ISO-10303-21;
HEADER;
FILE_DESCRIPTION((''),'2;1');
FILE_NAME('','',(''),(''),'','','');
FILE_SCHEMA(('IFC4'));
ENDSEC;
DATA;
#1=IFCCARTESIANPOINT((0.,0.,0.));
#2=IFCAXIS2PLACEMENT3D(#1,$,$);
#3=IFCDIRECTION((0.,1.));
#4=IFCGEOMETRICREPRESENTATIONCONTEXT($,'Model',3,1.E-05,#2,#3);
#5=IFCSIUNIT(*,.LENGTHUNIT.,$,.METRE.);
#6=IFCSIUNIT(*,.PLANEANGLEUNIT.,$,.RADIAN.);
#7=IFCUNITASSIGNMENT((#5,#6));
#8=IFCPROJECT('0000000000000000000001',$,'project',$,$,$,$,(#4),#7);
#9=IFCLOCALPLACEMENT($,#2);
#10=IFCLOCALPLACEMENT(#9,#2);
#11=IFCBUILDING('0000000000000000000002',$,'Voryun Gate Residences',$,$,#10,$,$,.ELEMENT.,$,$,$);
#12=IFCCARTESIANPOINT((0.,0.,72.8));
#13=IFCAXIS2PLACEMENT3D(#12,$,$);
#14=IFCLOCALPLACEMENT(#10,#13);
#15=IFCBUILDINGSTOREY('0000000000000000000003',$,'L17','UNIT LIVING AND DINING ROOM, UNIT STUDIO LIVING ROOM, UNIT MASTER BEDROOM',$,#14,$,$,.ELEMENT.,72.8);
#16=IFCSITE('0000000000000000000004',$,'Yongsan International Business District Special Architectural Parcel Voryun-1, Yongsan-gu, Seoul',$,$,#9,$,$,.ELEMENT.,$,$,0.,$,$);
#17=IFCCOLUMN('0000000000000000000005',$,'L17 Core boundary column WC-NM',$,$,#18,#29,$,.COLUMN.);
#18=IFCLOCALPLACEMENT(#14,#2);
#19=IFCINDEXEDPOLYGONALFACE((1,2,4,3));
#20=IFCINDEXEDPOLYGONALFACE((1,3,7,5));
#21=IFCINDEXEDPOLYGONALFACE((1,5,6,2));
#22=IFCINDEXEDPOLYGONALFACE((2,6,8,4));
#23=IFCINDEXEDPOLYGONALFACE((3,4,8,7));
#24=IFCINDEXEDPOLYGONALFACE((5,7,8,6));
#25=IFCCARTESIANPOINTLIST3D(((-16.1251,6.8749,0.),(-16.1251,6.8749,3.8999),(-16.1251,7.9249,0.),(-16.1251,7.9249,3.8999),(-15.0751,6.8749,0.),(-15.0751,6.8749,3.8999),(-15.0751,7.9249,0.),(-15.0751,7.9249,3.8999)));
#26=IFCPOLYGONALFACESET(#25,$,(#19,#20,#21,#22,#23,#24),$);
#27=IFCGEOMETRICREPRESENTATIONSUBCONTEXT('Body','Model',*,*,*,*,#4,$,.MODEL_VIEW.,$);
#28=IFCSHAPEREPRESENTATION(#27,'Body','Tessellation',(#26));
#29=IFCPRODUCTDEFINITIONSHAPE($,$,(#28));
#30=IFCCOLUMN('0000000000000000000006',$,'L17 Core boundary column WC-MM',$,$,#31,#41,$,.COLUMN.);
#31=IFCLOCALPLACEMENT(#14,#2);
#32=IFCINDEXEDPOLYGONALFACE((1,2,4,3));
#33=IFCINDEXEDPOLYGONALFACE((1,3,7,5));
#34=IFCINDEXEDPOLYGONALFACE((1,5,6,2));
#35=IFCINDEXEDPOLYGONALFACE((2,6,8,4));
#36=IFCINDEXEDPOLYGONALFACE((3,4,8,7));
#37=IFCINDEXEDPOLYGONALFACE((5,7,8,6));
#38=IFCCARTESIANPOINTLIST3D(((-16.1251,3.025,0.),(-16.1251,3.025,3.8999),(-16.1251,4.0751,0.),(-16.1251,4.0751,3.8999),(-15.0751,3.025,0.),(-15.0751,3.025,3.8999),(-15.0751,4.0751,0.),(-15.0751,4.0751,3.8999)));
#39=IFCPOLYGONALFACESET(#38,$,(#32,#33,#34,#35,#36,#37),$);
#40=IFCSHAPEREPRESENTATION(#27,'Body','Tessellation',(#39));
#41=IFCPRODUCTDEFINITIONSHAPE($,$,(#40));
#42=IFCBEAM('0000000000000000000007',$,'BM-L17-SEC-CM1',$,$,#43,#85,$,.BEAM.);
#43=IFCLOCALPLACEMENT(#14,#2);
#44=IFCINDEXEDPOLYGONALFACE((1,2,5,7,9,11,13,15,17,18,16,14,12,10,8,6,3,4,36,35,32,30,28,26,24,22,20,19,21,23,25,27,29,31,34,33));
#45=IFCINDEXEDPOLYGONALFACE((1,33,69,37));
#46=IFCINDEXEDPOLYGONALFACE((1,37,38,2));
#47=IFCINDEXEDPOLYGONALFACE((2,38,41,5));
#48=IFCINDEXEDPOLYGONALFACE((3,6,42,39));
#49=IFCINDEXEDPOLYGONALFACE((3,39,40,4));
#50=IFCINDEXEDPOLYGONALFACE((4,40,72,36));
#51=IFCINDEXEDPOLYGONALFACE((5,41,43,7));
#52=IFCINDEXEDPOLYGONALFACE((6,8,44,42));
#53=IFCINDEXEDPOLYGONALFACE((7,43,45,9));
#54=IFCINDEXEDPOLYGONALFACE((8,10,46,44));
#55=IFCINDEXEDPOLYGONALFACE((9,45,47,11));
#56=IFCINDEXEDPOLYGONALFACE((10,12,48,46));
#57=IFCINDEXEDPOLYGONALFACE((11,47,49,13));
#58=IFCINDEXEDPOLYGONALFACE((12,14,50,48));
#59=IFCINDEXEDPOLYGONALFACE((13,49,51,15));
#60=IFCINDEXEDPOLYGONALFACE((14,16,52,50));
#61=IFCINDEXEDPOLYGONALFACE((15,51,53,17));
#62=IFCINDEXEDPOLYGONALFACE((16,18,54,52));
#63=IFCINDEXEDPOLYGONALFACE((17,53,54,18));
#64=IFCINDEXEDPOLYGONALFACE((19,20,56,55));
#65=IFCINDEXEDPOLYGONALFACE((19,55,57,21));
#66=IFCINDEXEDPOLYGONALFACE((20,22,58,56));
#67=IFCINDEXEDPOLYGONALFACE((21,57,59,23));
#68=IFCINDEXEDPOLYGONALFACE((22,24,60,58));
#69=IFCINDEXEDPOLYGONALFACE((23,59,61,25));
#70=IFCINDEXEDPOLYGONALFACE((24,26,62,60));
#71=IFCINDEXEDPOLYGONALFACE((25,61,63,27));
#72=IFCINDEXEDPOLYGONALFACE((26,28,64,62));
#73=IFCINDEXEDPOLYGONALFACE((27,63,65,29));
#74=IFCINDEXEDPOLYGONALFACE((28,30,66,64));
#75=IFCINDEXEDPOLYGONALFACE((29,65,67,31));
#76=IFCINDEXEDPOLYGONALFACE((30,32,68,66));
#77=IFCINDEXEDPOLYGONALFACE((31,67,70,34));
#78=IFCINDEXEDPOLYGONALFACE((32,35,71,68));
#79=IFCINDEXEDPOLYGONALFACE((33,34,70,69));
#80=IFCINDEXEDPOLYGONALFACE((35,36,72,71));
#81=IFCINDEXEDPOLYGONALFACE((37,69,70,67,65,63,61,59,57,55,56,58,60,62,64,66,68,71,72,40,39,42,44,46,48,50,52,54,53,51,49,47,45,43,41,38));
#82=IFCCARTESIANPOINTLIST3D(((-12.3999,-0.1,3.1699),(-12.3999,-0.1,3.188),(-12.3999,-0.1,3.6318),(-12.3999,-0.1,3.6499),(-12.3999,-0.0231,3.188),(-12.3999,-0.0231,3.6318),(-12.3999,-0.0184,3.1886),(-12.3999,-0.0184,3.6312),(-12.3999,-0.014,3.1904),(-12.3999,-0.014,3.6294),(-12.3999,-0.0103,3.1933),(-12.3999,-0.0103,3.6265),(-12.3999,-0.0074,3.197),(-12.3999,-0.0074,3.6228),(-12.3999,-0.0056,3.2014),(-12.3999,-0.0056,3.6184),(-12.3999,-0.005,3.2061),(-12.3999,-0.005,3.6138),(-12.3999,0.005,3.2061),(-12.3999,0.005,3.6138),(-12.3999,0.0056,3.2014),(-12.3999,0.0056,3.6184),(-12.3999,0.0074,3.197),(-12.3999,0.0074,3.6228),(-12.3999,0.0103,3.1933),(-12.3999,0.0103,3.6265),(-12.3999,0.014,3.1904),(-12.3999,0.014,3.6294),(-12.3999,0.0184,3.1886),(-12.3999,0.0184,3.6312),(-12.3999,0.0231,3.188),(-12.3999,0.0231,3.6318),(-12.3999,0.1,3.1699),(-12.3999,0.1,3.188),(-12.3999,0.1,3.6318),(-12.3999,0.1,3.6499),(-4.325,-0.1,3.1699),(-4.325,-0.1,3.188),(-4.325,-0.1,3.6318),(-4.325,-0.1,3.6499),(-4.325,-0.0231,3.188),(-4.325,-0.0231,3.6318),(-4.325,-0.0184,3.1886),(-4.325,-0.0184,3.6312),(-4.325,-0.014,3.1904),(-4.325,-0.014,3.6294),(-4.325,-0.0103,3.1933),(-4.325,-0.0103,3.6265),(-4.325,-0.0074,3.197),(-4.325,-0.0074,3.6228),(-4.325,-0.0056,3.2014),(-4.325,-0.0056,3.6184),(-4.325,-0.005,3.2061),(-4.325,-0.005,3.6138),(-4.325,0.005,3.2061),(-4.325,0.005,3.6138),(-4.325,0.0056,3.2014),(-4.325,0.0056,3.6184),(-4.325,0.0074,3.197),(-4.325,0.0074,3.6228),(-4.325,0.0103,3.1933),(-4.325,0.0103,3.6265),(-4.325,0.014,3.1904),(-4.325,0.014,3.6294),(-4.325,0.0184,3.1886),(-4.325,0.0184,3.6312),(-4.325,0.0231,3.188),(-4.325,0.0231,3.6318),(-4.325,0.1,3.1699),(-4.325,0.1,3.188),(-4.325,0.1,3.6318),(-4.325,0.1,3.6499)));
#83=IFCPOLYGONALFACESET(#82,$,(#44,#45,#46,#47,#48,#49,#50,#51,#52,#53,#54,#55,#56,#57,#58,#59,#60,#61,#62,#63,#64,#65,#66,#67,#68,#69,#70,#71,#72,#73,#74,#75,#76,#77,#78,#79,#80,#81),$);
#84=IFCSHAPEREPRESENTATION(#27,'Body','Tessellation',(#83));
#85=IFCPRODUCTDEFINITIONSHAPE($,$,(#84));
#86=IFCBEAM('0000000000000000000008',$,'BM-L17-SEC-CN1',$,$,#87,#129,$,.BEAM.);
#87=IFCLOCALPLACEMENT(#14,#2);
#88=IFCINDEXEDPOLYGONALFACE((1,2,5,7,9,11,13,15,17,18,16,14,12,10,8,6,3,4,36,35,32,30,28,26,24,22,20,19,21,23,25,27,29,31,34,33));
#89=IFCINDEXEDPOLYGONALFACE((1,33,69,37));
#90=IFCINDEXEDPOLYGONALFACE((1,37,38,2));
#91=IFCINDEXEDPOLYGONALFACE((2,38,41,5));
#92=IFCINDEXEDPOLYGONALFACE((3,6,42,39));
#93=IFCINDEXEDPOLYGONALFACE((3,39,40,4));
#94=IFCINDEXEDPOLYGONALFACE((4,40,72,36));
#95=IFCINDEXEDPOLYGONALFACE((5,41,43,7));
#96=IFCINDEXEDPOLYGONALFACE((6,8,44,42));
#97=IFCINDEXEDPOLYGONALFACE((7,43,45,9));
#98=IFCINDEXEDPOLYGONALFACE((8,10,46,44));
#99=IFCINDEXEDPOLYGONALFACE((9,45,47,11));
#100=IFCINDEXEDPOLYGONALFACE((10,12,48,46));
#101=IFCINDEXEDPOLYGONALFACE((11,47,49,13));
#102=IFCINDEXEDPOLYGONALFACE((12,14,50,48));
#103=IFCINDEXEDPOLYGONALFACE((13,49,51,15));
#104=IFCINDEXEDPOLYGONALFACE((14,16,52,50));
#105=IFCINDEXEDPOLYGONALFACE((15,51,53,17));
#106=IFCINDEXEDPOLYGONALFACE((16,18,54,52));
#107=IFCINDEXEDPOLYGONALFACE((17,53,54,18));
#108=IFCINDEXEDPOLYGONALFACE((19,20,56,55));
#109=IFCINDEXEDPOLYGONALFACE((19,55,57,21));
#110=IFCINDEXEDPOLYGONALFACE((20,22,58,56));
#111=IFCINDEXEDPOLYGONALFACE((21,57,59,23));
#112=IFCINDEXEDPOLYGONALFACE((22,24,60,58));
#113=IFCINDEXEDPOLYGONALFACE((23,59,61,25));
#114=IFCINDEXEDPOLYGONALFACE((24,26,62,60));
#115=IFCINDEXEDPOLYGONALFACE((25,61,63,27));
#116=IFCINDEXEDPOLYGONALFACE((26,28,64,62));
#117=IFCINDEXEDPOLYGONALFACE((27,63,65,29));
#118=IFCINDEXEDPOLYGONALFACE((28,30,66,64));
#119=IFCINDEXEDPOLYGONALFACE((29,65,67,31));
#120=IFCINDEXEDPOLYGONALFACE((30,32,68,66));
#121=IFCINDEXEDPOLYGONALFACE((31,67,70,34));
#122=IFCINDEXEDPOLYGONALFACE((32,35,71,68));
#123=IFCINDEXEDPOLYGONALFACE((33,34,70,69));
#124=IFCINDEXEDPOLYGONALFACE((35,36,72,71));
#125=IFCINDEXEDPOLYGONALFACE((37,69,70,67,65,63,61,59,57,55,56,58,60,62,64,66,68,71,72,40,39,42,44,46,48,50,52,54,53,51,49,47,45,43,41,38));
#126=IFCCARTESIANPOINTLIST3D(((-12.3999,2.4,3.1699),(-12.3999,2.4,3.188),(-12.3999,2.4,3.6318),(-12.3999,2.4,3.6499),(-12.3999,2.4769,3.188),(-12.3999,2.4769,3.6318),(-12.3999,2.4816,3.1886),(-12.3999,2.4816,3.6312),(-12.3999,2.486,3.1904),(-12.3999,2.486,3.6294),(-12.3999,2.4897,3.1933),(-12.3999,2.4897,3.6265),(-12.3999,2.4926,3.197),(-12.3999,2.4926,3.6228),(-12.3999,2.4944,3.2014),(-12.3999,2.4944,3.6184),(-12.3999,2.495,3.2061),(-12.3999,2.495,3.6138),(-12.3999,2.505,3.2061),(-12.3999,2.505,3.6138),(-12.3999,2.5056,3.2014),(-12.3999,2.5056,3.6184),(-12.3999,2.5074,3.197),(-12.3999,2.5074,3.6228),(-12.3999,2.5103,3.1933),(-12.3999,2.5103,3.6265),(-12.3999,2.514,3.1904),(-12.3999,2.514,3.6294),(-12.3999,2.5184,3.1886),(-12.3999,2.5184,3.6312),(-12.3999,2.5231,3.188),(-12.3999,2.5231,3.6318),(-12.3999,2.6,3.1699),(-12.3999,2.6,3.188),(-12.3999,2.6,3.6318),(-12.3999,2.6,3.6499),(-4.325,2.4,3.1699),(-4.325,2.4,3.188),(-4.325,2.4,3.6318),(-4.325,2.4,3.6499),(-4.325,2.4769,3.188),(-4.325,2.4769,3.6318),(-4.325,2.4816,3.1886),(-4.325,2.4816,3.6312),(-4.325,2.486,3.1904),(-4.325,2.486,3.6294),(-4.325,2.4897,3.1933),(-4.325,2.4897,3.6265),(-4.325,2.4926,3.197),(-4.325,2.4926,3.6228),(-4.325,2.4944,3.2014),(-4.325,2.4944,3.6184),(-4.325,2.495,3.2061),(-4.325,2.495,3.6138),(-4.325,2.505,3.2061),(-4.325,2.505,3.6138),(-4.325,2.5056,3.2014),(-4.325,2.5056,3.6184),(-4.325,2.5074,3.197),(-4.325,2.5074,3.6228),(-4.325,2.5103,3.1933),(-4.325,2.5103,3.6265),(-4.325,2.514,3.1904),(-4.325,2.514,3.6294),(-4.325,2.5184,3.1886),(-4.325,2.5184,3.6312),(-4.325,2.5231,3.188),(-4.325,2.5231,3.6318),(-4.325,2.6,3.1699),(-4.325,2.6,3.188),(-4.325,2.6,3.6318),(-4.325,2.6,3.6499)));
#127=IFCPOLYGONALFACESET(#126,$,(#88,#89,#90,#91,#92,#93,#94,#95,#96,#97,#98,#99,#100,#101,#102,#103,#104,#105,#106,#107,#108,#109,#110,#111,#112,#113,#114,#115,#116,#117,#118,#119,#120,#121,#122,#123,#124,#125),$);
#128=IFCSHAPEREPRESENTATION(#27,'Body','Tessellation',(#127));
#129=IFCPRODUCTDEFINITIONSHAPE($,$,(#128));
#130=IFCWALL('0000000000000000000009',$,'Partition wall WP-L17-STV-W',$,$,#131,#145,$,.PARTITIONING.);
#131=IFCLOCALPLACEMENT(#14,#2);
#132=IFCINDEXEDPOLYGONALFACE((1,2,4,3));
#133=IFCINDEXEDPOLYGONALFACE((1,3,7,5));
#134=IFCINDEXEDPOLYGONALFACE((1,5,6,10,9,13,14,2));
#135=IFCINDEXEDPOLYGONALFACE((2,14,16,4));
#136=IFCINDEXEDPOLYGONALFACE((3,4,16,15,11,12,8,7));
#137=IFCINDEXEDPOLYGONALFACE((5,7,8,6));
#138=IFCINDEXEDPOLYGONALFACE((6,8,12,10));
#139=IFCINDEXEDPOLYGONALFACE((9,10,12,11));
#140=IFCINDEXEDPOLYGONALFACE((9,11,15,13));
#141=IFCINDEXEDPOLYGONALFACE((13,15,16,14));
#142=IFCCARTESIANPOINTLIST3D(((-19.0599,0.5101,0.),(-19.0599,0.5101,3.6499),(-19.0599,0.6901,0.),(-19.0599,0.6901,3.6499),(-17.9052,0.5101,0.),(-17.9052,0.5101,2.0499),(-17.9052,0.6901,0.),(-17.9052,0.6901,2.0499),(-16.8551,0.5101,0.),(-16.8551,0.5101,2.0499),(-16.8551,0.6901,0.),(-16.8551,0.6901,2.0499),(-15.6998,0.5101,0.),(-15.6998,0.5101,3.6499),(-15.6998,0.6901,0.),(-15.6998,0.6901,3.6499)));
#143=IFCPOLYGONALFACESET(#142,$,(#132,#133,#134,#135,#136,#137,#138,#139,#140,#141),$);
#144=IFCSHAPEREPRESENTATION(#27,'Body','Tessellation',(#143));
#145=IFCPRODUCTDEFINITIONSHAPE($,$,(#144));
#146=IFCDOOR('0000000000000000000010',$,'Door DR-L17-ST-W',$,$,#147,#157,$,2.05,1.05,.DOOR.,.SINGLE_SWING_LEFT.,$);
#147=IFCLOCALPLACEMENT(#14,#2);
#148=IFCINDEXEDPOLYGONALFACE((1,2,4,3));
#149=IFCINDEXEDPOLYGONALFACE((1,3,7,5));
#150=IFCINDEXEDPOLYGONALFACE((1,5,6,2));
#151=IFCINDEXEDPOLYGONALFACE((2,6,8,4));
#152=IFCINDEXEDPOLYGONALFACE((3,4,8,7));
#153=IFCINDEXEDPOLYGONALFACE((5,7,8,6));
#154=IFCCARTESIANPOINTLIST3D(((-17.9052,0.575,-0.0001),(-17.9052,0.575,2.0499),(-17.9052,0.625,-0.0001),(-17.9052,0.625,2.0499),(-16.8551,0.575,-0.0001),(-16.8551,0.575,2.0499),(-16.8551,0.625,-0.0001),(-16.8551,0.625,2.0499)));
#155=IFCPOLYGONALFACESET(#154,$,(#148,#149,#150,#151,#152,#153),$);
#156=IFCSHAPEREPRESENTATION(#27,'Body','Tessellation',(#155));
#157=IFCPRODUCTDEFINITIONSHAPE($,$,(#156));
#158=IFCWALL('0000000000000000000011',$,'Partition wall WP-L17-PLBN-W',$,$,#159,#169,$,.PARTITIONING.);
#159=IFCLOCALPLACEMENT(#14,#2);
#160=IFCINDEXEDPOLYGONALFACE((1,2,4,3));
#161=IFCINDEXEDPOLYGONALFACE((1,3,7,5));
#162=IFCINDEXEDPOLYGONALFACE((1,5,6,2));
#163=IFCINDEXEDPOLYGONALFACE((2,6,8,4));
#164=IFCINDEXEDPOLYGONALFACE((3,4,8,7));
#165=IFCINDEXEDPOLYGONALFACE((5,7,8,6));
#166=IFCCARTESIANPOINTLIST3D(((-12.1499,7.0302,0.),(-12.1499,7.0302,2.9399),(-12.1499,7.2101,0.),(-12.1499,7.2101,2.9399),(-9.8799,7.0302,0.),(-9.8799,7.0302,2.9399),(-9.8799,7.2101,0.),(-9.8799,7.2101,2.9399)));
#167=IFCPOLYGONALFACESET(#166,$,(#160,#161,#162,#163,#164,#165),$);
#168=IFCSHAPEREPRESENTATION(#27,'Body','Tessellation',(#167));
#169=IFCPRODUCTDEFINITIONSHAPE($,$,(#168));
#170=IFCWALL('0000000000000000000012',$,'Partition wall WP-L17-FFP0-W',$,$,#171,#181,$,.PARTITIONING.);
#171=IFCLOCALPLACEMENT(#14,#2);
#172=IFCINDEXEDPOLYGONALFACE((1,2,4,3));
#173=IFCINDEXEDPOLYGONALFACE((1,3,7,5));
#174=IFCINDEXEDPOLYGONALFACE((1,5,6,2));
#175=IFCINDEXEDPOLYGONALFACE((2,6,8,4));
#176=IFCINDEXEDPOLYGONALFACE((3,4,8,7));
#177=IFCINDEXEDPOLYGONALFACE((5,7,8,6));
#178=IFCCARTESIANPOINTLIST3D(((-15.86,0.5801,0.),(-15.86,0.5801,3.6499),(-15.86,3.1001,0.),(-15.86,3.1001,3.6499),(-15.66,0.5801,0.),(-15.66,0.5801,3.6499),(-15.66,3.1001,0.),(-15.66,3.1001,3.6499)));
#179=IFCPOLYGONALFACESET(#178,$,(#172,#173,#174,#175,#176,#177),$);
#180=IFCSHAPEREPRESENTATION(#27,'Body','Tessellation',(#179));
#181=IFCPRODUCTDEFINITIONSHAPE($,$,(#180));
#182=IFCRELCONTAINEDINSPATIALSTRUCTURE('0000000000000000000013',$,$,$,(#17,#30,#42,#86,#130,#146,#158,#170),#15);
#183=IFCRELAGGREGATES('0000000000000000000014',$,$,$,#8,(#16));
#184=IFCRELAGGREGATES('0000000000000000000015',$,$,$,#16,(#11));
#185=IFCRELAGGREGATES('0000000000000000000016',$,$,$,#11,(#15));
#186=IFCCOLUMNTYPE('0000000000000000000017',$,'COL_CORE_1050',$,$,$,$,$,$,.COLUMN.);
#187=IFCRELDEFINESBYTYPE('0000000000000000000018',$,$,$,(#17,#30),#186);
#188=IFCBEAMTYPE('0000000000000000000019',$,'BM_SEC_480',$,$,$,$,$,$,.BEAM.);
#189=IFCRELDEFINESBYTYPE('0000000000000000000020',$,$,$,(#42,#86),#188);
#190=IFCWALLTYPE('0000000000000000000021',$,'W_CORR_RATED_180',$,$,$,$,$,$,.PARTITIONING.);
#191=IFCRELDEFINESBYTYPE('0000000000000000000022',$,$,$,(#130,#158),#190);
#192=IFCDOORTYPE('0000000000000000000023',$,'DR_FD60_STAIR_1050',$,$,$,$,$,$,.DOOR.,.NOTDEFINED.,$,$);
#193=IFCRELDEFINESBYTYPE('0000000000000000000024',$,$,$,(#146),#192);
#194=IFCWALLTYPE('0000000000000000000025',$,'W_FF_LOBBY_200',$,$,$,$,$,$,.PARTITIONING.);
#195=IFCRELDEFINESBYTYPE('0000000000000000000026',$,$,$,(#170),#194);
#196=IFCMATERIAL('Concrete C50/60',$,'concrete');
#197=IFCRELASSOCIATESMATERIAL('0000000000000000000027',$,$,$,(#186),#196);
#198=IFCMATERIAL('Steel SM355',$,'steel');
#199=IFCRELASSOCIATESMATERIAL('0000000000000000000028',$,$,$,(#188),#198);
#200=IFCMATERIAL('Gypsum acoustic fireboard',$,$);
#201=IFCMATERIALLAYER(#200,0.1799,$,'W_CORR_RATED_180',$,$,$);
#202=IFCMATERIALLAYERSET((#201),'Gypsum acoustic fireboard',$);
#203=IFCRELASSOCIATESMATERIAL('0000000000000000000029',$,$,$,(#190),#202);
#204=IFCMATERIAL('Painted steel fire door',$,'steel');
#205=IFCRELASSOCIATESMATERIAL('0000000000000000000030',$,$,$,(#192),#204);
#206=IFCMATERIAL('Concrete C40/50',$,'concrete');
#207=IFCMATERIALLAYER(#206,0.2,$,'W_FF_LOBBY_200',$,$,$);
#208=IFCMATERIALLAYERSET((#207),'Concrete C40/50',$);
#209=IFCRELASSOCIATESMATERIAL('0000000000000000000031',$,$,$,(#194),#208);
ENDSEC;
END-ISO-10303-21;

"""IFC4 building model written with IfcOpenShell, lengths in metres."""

from ifc_helpers import new_model, si_unit, direction, frame, frame_2d, origin, origin_2d, place, context, subcontext, project, spatial, rectangle, i_section, extrude, material, layer, layer_set, material_profile, profile_set, type_object, element, fill, save


model = new_model("IFC4")

# Units and contexts
model_context = context("Model", 3, precision=1e-05, world=origin(), true_north=direction((0.0, 1.0)))
body_context = subcontext(model_context, "Body", "Model", "MODEL_VIEW")
ifc_project = project(units=[si_unit("LENGTHUNIT", "METRE"), si_unit("PLANEANGLEUNIT", "RADIAN")], contexts=[model_context])

# Site, building, storey
site_placement = place(None, origin())
site = spatial("IfcSite", under=ifc_project, at=site_placement, Name="Yongsan International Business District Special Architectural Parcel Voryun-1, Yongsan-gu, Seoul", CompositionType="ELEMENT", RefElevation=0.0)
building_placement = place(site_placement, origin())
building = spatial("IfcBuilding", under=site, at=building_placement, Name="Voryun Gate Residences", CompositionType="ELEMENT")
storey_placement = place(building_placement, frame((0.0, 0.0, 72.8)))
storey = spatial("IfcBuildingStorey", under=building, at=storey_placement, Name="L17", Description="UNIT LIVING AND DINING ROOM, UNIT STUDIO LIVING ROOM, UNIT MASTER BEDROOM", CompositionType="ELEMENT", Elevation=72.8)

# Columns
ifc_material_1 = material(Name="Concrete C50/60", Category="concrete")
ifc_material_profile_1 = material_profile(ifc_material_1, rectangle(XDim=1.05, YDim=1.05, at=origin_2d()), Name="RC-1050x1050")
ifc_profile_set_1 = profile_set([ifc_material_profile_1], Name="Concrete C50/60")
column_type = type_object("IfcColumnType", Name="COL_CORE_1050", PredefinedType="COLUMN", material=ifc_profile_set_1)
for number, where, z_axis, x_axis, name in (
    (1, (-15.6001, 7.3999, 0.0), (0.0, 0.0, 1.0), (1.0, 0.0, 0.0), "L17 Core boundary column WC-NM"),
    (2, (-15.6001, 3.55, 0.0), (0.0, 0.0, 1.0), (1.0, 0.0, 0.0), "L17 Core boundary column WC-MM"),
):
    element("IfcColumn", number, at=place(storey_placement, frame(where, z_axis=z_axis, x_axis=x_axis)), inside=storey, type_object=column_type, Name=name, PredefinedType="COLUMN", context=body_context, shape_type="SweptSolid", body=[
        extrude(rectangle(XDim=1.05, YDim=1.05, at=origin_2d()), origin(), (0.0, 0.0, 1.0), 3.8999),
    ])

# Beams
ifc_material_2 = material(Name="Steel SM355", Category="steel")
ifc_material_profile_2 = material_profile(ifc_material_2, i_section(OverallWidth=0.2, OverallDepth=0.48, WebThickness=0.01, FlangeThickness=0.0181, FilletRadius=0.0181, at=origin_2d()), Name="H-480x200x10x18")
ifc_profile_set_2 = profile_set([ifc_material_profile_2], Name="Steel SM355")
beam_type = type_object("IfcBeamType", Name="BM_SEC_480", PredefinedType="BEAM", material=ifc_profile_set_2)
for number, where, z_axis, x_axis, name in (
    (3, (-12.3999, 0.0, 3.4099), (1.0, 0.0, 0.0), (0.0, 1.0, 0.0), "BM-L17-SEC-CM1"),
    (4, (-12.3999, 2.5, 3.4099), (1.0, 0.0, 0.0), (0.0, 1.0, 0.0), "BM-L17-SEC-CN1"),
):
    element("IfcBeam", number, at=place(storey_placement, frame(where, z_axis=z_axis, x_axis=x_axis)), inside=storey, type_object=beam_type, Name=name, PredefinedType="BEAM", context=body_context, shape_type="SweptSolid", body=[
        extrude(i_section(OverallWidth=0.2, OverallDepth=0.48, WebThickness=0.01, FlangeThickness=0.0181, FilletRadius=0.0181, at=origin_2d()), origin(), (0.0, 0.0, 1.0), 8.075),
    ])

# Wall, opening, door
ifc_material_3 = material(Name="Gypsum acoustic fireboard")
ifc_layer_1 = layer(ifc_material_3, 0.1799, Name="W_CORR_RATED_180")
ifc_layer_set_1 = layer_set([ifc_layer_1], Name="Gypsum acoustic fireboard")
wall_type_1 = type_object("IfcWallType", Name="W_CORR_RATED_180", PredefinedType="PARTITIONING", material=ifc_layer_set_1)
wall_1_placement = place(storey_placement, frame((-19.0601, 0.6001, 0.0), z_axis=(0.0, 0.0, 1.0), x_axis=(1.0, 0.0, 0.0)))
wall_1 = element("IfcWall", 5, at=wall_1_placement, inside=storey, type_object=wall_type_1, Name="Partition wall WP-L17-STV-W", PredefinedType="PARTITIONING", context=body_context, shape_type="SweptSolid", body=[
    extrude(rectangle(XDim=3.3601, YDim=0.1799, at=frame_2d((1.6802, 0.0))), origin(), (0.0, 0.0, 1.0), 3.6499),
])
opening_1_placement = place(wall_1_placement, frame((1.155, 0.0, 0.0)))
opening_1 = element("IfcOpeningElement", 6, at=opening_1_placement, cuts=wall_1, PredefinedType="OPENING", context=body_context, shape_type="SweptSolid", body=[
    extrude(rectangle(XDim=1.05, YDim=2.05, at=frame_2d((0.5249, 1.0249))), frame((0.0, 0.0999, 0.0), z_axis=(0.0, -1.0, 0.0), x_axis=(1.0, 0.0, 0.0)), (0.0, 0.0, 1.0), 0.2),
])
ifc_material_4 = material(Name="Painted steel fire door", Category="steel")
door_type_1 = type_object("IfcDoorType", Name="DR_FD60_STAIR_1050", OperationType="NOTDEFINED", PredefinedType="DOOR", material=ifc_material_4)
door_1_placement = place(opening_1_placement, origin())
door_1 = element("IfcDoor", 7, at=door_1_placement, inside=storey, type_object=door_type_1, Name="Door DR-L17-ST-W", OperationType="SINGLE_SWING_LEFT", OverallHeight=2.05, OverallWidth=1.05, PredefinedType="DOOR", context=body_context, shape_type="SweptSolid", body=[
    extrude(rectangle(XDim=1.05, YDim=2.05, at=frame_2d((0.5249, 1.0249))), frame((0.0, 0.0249, 0.0), z_axis=(0.0, -1.0, 0.0), x_axis=(1.0, 0.0, 0.0)), (0.0, 0.0, 1.0), 0.05),
])
fill(opening_1, door_1)

# Walls
wall_2_placement = place(storey_placement, frame((-12.1499, 7.1201, 0.0), z_axis=(0.0, 0.0, 1.0), x_axis=(1.0, 0.0, 0.0)))
element("IfcWall", 8, at=wall_2_placement, inside=storey, type_object=wall_type_1, Name="Partition wall WP-L17-PLBN-W", PredefinedType="PARTITIONING", context=body_context, shape_type="SweptSolid", body=[
    extrude(rectangle(XDim=2.27, YDim=0.1799, at=frame_2d((1.135, 0.0))), origin(), (0.0, 0.0, 1.0), 2.9399),
])
ifc_material_5 = material(Name="Concrete C40/50", Category="concrete")
ifc_layer_2 = layer(ifc_material_5, 0.2, Name="W_FF_LOBBY_200")
ifc_layer_set_2 = layer_set([ifc_layer_2], Name="Concrete C40/50")
wall_type_2 = type_object("IfcWallType", Name="W_FF_LOBBY_200", PredefinedType="PARTITIONING", material=ifc_layer_set_2)
wall_3_placement = place(storey_placement, frame((-15.76, 0.5801, 0.0), z_axis=(0.0, 0.0, 1.0), x_axis=(0.0, 1.0, 0.0)))
element("IfcWall", 9, at=wall_3_placement, inside=storey, type_object=wall_type_2, Name="Partition wall WP-L17-FFP0-W", PredefinedType="PARTITIONING", context=body_context, shape_type="SweptSolid", body=[
    extrude(rectangle(XDim=2.52, YDim=0.2, at=frame_2d((1.26, 0.0))), origin(), (0.0, 0.0, 1.0), 3.6499),
])

save(model, "model.ifc")
